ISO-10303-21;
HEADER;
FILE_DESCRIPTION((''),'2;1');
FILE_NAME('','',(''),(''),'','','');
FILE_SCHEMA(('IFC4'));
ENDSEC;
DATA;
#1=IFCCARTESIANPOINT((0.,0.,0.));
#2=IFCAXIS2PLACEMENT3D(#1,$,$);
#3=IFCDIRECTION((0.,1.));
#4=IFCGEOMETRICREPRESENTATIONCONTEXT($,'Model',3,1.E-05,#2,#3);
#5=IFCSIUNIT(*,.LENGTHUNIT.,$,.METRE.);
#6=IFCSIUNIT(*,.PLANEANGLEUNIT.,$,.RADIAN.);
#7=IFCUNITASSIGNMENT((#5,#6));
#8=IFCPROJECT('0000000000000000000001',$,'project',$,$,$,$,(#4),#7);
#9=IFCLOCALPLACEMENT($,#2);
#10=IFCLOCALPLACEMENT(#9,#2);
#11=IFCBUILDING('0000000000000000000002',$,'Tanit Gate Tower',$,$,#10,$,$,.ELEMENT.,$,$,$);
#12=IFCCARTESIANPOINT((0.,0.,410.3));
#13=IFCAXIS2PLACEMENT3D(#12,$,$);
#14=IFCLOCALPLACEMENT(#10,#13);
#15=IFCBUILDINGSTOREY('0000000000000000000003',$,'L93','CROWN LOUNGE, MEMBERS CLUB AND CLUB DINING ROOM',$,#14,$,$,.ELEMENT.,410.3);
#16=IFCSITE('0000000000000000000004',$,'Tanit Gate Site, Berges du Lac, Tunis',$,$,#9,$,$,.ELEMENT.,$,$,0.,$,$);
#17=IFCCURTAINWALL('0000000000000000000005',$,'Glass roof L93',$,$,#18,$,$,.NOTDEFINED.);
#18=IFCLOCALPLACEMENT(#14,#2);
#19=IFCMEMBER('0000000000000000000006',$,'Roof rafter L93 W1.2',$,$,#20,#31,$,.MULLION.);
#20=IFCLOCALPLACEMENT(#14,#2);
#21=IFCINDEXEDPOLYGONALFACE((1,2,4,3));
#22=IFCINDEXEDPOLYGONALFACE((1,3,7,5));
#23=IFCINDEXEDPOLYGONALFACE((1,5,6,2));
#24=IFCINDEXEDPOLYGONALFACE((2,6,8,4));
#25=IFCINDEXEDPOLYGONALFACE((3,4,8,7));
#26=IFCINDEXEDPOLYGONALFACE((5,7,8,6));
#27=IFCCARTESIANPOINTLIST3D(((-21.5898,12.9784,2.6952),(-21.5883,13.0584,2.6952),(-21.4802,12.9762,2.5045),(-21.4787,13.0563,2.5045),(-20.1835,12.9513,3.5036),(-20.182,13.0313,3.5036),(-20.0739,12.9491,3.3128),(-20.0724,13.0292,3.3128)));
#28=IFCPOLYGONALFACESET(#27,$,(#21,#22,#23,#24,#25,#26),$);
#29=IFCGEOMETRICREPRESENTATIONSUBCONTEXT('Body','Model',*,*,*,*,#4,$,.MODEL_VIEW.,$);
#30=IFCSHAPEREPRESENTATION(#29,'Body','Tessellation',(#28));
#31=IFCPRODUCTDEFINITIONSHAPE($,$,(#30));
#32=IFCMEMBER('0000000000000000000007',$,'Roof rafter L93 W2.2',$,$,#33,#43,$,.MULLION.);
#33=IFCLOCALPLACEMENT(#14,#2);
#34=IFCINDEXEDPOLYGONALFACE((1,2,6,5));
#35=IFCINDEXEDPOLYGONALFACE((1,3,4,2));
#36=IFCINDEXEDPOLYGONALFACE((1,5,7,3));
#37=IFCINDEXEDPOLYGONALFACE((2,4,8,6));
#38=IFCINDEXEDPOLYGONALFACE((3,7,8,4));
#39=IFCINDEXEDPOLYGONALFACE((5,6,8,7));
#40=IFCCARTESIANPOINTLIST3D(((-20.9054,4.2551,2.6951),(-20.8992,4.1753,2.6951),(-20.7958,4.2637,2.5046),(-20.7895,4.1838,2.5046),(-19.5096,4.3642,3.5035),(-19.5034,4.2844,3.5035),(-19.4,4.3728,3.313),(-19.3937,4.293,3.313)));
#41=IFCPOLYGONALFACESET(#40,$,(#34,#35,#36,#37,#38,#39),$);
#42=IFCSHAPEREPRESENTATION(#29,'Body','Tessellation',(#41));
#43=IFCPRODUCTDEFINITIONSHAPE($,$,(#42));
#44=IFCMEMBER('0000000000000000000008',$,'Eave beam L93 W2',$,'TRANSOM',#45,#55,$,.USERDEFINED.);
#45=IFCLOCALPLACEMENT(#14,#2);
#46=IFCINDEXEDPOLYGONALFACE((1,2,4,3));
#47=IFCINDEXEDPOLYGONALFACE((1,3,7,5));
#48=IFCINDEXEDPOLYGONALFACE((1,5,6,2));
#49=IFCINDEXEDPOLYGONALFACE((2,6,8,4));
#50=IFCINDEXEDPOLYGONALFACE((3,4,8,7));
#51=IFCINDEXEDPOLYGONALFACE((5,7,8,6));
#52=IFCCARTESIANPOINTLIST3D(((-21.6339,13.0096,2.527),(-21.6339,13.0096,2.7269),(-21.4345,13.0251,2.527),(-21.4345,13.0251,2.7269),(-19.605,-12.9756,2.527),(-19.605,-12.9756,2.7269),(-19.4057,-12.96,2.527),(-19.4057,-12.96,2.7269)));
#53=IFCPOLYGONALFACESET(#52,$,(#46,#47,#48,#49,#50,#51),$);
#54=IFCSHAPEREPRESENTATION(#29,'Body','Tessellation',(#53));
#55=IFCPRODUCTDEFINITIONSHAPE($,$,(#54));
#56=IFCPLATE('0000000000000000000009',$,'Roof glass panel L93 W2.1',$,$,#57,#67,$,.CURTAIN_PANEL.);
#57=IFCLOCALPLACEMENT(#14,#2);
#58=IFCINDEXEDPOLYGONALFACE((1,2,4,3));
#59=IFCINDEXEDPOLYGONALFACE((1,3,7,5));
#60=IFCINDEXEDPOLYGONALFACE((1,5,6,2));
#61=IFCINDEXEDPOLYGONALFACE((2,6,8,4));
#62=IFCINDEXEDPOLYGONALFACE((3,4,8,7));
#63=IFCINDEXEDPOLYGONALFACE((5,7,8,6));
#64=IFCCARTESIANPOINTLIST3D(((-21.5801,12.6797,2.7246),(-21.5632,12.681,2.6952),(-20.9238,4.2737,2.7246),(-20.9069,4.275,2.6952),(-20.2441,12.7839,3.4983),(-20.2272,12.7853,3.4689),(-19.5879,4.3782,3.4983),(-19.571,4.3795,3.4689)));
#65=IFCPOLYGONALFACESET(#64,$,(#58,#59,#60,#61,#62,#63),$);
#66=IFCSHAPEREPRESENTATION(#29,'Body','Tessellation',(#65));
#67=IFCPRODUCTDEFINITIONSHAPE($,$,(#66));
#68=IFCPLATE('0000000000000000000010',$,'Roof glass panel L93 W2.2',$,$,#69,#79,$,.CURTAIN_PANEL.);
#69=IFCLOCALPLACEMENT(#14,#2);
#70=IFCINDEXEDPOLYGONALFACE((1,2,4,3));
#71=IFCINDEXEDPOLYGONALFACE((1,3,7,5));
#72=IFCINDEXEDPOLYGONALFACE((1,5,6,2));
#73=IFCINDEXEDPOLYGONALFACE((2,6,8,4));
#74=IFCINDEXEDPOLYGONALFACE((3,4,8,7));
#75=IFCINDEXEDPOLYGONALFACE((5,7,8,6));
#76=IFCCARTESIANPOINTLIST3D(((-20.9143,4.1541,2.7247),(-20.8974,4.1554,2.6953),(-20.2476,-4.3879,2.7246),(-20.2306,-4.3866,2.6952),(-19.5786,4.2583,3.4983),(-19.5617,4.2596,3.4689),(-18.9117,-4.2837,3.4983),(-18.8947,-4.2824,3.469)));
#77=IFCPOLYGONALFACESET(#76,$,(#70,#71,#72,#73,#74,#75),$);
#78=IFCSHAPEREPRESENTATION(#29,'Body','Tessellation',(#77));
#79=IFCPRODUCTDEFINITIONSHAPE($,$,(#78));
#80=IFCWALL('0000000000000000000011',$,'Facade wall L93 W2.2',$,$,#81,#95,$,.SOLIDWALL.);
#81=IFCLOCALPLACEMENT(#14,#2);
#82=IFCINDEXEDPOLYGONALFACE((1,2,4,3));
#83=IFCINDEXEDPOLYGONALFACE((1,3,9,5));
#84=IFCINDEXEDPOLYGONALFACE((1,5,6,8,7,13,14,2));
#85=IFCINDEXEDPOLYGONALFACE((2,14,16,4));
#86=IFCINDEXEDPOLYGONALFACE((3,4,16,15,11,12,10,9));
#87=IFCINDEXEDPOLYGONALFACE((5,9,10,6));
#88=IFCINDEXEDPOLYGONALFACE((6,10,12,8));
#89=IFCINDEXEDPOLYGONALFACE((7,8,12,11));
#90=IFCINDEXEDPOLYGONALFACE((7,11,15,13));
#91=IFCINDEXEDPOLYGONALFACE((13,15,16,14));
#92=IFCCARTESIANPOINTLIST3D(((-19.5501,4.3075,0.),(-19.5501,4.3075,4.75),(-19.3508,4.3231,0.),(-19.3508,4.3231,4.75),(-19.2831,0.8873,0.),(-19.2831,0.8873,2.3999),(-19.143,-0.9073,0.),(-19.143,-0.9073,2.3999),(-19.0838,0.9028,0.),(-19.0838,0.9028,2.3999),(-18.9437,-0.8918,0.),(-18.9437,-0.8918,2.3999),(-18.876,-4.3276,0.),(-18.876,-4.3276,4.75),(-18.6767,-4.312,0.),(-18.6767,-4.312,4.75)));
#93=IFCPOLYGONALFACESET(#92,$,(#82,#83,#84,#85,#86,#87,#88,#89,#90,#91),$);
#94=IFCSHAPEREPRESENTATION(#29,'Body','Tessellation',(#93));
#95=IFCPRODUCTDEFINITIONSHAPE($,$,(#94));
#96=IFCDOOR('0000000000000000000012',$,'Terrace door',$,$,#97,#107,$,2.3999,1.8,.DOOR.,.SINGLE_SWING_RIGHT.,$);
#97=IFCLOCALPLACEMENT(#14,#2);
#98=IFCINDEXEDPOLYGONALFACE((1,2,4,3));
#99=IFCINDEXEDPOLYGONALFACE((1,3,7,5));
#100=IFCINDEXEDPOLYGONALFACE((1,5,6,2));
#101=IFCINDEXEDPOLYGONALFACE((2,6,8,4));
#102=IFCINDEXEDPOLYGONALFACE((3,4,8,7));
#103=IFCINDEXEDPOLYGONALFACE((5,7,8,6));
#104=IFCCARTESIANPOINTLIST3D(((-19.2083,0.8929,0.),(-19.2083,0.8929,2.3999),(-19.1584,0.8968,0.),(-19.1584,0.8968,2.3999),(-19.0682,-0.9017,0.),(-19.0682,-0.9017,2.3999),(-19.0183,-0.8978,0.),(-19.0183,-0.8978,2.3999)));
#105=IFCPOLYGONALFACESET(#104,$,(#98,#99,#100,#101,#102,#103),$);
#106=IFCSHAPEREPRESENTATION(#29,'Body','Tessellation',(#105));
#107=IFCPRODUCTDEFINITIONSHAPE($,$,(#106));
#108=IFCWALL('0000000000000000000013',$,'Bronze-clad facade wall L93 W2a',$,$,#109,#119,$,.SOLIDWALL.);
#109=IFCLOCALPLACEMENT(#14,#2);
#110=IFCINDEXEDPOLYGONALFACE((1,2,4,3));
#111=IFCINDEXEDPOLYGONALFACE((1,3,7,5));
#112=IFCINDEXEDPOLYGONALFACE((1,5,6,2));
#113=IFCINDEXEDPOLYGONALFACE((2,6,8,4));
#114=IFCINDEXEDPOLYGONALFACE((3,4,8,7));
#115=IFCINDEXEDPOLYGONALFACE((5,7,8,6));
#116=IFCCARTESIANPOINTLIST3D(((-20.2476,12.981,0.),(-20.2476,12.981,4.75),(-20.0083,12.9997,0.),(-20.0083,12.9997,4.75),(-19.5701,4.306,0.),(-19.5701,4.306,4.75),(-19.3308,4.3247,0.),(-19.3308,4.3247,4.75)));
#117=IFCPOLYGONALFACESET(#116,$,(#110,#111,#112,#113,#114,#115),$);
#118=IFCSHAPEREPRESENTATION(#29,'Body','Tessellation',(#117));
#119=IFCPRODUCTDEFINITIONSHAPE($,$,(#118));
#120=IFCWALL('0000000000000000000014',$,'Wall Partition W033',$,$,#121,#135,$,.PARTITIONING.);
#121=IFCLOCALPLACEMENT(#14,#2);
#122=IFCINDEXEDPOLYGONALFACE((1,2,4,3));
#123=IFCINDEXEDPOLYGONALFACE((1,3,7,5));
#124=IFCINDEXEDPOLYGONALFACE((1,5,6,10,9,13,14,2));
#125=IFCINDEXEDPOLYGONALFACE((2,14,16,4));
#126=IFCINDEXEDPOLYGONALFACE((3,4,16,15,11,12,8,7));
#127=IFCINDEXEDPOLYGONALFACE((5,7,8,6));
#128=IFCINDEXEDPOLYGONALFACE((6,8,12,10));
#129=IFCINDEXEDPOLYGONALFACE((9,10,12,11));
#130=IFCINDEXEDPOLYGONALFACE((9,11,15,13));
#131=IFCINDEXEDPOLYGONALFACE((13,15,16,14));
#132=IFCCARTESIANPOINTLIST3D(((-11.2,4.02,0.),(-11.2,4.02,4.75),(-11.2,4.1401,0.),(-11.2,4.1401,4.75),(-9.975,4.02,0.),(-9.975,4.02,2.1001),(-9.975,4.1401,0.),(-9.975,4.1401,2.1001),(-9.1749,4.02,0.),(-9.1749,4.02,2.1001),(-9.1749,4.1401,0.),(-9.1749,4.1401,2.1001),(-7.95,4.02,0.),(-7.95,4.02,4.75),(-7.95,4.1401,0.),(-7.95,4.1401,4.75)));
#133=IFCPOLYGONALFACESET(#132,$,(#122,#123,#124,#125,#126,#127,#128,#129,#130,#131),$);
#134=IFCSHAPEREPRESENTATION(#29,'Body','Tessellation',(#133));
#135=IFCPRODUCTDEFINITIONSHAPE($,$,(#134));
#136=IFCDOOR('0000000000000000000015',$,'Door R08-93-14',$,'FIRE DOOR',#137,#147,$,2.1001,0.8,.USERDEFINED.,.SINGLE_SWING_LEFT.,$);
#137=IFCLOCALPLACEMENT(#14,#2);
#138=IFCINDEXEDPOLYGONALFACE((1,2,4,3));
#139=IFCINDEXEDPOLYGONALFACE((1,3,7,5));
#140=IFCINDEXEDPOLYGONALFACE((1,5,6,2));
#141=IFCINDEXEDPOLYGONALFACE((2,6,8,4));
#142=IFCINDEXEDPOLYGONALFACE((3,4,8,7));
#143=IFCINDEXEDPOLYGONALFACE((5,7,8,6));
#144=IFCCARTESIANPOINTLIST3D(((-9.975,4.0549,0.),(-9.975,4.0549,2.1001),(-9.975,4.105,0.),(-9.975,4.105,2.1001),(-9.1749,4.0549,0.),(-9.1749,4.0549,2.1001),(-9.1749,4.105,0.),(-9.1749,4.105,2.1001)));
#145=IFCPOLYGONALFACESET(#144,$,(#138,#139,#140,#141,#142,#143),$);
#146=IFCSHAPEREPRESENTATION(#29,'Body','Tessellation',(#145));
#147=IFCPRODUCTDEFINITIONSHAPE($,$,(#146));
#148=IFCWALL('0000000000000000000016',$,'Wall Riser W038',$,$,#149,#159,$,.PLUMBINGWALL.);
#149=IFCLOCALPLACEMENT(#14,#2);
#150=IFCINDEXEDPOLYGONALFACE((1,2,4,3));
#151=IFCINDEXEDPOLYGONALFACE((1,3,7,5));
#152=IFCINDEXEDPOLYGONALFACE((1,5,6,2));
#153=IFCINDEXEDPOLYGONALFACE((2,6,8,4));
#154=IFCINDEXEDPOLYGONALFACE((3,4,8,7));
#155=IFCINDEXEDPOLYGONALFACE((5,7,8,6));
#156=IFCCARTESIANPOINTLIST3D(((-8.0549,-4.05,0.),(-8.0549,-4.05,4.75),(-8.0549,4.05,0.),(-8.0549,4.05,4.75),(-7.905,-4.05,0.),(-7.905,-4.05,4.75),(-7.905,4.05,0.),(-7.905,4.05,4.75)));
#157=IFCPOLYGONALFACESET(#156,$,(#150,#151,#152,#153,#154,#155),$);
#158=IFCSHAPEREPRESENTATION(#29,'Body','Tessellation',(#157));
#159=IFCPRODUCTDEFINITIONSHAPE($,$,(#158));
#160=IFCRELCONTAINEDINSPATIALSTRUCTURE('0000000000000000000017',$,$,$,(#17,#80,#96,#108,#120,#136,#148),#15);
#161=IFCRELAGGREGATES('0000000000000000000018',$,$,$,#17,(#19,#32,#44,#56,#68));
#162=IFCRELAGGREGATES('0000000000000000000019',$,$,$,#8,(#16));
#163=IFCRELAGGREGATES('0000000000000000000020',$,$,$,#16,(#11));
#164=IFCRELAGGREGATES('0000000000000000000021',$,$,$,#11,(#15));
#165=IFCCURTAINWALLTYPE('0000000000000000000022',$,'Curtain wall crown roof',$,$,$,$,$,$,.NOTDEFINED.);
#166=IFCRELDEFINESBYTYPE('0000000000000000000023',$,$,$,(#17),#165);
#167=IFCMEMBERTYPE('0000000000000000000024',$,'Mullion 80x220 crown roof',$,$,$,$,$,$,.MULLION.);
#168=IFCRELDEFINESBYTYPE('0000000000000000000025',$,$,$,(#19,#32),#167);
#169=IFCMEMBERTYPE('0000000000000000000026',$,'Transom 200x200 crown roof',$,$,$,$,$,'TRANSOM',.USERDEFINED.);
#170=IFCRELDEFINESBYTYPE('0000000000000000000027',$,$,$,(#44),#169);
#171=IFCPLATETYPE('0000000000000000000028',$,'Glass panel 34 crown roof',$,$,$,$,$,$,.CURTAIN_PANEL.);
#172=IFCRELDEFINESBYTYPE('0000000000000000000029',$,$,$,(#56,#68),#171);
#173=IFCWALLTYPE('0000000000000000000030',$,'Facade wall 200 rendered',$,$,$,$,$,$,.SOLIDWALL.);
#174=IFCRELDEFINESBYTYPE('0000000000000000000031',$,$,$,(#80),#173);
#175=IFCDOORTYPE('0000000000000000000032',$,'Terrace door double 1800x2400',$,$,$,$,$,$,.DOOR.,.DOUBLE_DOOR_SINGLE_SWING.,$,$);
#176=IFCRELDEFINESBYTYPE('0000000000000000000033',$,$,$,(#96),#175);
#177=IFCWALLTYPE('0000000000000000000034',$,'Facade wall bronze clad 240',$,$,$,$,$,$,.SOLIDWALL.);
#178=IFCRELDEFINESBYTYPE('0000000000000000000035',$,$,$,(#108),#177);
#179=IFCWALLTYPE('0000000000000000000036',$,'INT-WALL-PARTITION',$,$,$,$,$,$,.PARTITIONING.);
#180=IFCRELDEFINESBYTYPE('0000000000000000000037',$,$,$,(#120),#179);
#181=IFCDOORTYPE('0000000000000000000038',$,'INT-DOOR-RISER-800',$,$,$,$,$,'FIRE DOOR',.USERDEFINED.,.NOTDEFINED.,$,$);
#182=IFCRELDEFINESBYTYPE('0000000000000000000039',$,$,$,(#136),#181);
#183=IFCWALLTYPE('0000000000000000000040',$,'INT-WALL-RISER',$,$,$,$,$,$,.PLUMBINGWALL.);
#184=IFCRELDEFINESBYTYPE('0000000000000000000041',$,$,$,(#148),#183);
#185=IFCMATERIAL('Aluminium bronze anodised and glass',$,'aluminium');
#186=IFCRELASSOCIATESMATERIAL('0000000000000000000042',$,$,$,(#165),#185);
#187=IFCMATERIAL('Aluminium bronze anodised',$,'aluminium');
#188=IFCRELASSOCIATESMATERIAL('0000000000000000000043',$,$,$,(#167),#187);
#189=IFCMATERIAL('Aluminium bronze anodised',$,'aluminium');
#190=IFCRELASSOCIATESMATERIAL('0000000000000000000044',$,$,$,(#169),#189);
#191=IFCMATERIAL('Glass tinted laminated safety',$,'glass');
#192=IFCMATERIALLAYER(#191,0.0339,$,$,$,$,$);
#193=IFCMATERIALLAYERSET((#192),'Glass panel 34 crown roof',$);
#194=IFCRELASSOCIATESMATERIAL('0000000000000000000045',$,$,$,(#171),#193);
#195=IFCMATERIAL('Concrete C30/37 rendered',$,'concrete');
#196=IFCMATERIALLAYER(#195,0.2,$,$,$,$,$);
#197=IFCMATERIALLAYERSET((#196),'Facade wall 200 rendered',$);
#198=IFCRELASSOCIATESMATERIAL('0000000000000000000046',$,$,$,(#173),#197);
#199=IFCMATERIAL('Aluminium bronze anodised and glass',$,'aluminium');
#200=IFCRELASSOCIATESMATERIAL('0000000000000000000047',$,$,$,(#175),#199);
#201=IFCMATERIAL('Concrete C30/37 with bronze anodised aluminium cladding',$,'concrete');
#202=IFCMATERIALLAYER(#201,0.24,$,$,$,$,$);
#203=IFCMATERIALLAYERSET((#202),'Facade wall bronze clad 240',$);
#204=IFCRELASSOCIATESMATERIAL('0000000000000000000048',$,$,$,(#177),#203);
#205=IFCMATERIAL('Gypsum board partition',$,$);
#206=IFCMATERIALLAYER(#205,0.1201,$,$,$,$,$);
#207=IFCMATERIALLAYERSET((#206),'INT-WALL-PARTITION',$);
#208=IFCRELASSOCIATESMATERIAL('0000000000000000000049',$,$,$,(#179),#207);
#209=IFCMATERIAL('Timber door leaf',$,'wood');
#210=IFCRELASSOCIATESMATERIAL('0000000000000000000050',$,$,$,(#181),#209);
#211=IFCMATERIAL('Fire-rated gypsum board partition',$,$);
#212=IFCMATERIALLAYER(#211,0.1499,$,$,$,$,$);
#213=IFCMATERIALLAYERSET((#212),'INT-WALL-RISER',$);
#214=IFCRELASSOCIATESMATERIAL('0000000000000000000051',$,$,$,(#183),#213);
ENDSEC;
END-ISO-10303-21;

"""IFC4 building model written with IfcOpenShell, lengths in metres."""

from ifc_helpers import new_model, si_unit, direction, frame, frame_2d, origin, origin_2d, place, context, subcontext, project, spatial, polyline, rectangle, outline, extrude, material, layer, layer_set, material_profile, profile_set, type_object, element, fill, aggregate, save


model = new_model("IFC4")

# Units and contexts
model_context = context("Model", 3, precision=1e-05, world=origin(), true_north=direction((0.0, 1.0)))
body_context = subcontext(model_context, "Body", "Model", "MODEL_VIEW")
ifc_project = project(units=[si_unit("LENGTHUNIT", "METRE"), si_unit("PLANEANGLEUNIT", "RADIAN")], contexts=[model_context])

# Site, building, storey
site_placement = place(None, origin())
site = spatial("IfcSite", under=ifc_project, at=site_placement, Name="Tanit Gate Site, Berges du Lac, Tunis", CompositionType="ELEMENT", RefElevation=0.0)
building_placement = place(site_placement, origin())
building = spatial("IfcBuilding", under=site, at=building_placement, Name="Tanit Gate Tower", CompositionType="ELEMENT")
storey_placement = place(building_placement, frame((0.0, 0.0, 410.3)))
storey = spatial("IfcBuildingStorey", under=building, at=storey_placement, Name="L93", Description="CROWN LOUNGE, MEMBERS CLUB AND CLUB DINING ROOM", CompositionType="ELEMENT", Elevation=410.3)

# Curtain wall, members, plates
ifc_material_1 = material(Name="Aluminium bronze anodised and glass", Category="aluminium")
curtain_wall_type = type_object("IfcCurtainWallType", Name="Curtain wall crown roof", PredefinedType="NOTDEFINED", material=ifc_material_1)
curtain_wall_placement = place(storey_placement, origin())
curtain_wall = element("IfcCurtainWall", 1, at=curtain_wall_placement, inside=storey, type_object=curtain_wall_type, Name="Glass roof L93", PredefinedType="NOTDEFINED")
ifc_material_2 = material(Name="Aluminium bronze anodised", Category="aluminium")
ifc_material_profile_1 = material_profile(ifc_material_2, rectangle(XDim=0.0801, YDim=0.22, at=origin_2d()), Name="80x220 bronze rafter")
ifc_profile_set_1 = profile_set([ifc_material_profile_1], Name="Aluminium bronze anodised")
member_type_1 = type_object("IfcMemberType", Name="Mullion 80x220 crown roof", PredefinedType="MULLION", material=ifc_profile_set_1)
member_1_placement = place(storey_placement, frame((-20.1279, 12.9902, 3.4082), z_axis=(-0.86685, 0.016705, -0.498288), x_axis=(-0.019267, -0.999814, 0.0)))
member_1 = element("IfcMember", 2, at=member_1_placement, type_object=member_type_1, Name="Roof rafter L93 W1.2", PredefinedType="MULLION", context=body_context, shape_type="SweptSolid", body=[
    extrude(rectangle(XDim=0.0801, YDim=0.22, at=origin_2d()), origin(), (0.0, 0.0, 1.0), 1.6223),
])
member_2_placement = place(storey_placement, frame((-19.4517, 4.3286, 3.4082), z_axis=(-0.863376, -0.067506, -0.500024), x_axis=(0.07795, -0.996957, 0.0)))
member_2 = element("IfcMember", 3, at=member_2_placement, type_object=member_type_1, Name="Roof rafter L93 W2.2", PredefinedType="MULLION", context=body_context, shape_type="SweptSolid", body=[
    extrude(rectangle(XDim=0.0801, YDim=0.22, at=origin_2d()), origin(), (0.0, 0.0, 1.0), 1.6167),
])
ifc_material_3 = material(Name="Aluminium bronze anodised", Category="aluminium")
ifc_material_profile_2 = material_profile(ifc_material_3, rectangle(XDim=0.2, YDim=0.2, at=origin_2d()), Name="200x200 bronze transom")
ifc_profile_set_2 = profile_set([ifc_material_profile_2], Name="Aluminium bronze anodised")
member_type_2 = type_object("IfcMemberType", Name="Transom 200x200 crown roof", ElementType="TRANSOM", PredefinedType="USERDEFINED", material=ifc_profile_set_2)
member_3_placement = place(storey_placement, frame((-21.5342, 13.0173, 2.627), z_axis=(0.077839, -0.996966, 0.0), x_axis=(0.996966, 0.077839, 0.0)))
member_3 = element("IfcMember", 4, at=member_3_placement, type_object=member_type_2, Name="Eave beam L93 W2", ObjectType="TRANSOM", PredefinedType="USERDEFINED", context=body_context, shape_type="SweptSolid", body=[
    extrude(rectangle(XDim=0.2, YDim=0.2, at=origin_2d()), origin(), (0.0, 0.0, 1.0), 26.0642),
])
ifc_material_4 = material(Name="Glass tinted laminated safety", Category="glass")
ifc_layer_1 = layer(ifc_material_4, 0.0339)
ifc_layer_set_1 = layer_set([ifc_layer_1], Name="Glass panel 34 crown roof")
plate_type = type_object("IfcPlateType", Name="Glass panel 34 crown roof", PredefinedType="CURTAIN_PANEL", material=ifc_layer_set_1)
plate_1_placement = place(storey_placement, frame((-20.2441, 12.7839, 3.4983), z_axis=(-0.498496, -0.038918, 0.866018), x_axis=(0.077834, -0.996966, 0.0)))
plate_1 = element("IfcPlate", 5, at=plate_1_placement, type_object=plate_type, Name="Roof glass panel L93 W2.1", PredefinedType="CURTAIN_PANEL", context=body_context, shape_type="SweptSolid", body=[
    extrude(outline(polyline([(0.0, 0.0), (8.4313, 0.0), (8.4315, -1.5473), (-0.0001, -1.5473), (0.0, 0.0)])), origin(), (0.0, 0.0, -1.0), 0.0339),
])
plate_2_placement = place(storey_placement, frame((-19.5786, 4.2583, 3.4983), z_axis=(-0.498533, -0.03892, 0.865997), x_axis=(0.077843, -0.996966, 0.000006)))
plate_2 = element("IfcPlate", 6, at=plate_2_placement, type_object=plate_type, Name="Roof glass panel L93 W2.2", PredefinedType="CURTAIN_PANEL", context=body_context, shape_type="SweptSolid", body=[
    extrude(outline(polyline([(0.0, 0.0), (8.568, 0.0), (8.5679, -1.5473), (0.0, -1.5471), (0.0, 0.0)])), origin(), (0.0, 0.0, -1.0), 0.0339),
])
aggregate(curtain_wall, [member_1, member_2, member_3, plate_1, plate_2])

# Wall, opening, door
ifc_material_5 = material(Name="Concrete C30/37 rendered", Category="concrete")
ifc_layer_2 = layer(ifc_material_5, 0.2)
ifc_layer_set_2 = layer_set([ifc_layer_2], Name="Facade wall 200 rendered")
wall_type_1 = type_object("IfcWallType", Name="Facade wall 200 rendered", PredefinedType="SOLIDWALL", material=ifc_layer_set_2)
wall_1_placement = place(storey_placement, frame((-19.4504, 4.3152, 0.0), z_axis=(0.0, 0.0, 1.0), x_axis=(0.077826, -0.996967, 0.0)))
wall_1 = element("IfcWall", 7, at=wall_1_placement, inside=storey, type_object=wall_type_1, Name="Facade wall L93 W2.2", PredefinedType="SOLIDWALL", context=body_context, shape_type="SweptSolid", body=[
    extrude(rectangle(XDim=8.6614, YDim=0.2, at=frame_2d((4.3306, 0.0))), origin(), (0.0, 0.0, 1.0), 4.75),
])
opening_1_placement = place(wall_1_placement, frame((3.4307, 0.0, 0.0)))
opening_1 = element("IfcOpeningElement", 8, at=opening_1_placement, cuts=wall_1, PredefinedType="OPENING", context=body_context, shape_type="SweptSolid", body=[
    extrude(rectangle(XDim=1.8, YDim=2.3999, at=frame_2d((0.8999, 1.2))), frame((0.0, 0.1099, 0.0), z_axis=(0.0, -1.0, 0.0), x_axis=(1.0, 0.0, 0.0)), (0.0, 0.0, 1.0), 0.22),
])
ifc_material_6 = material(Name="Aluminium bronze anodised and glass", Category="aluminium")
door_type_1 = type_object("IfcDoorType", Name="Terrace door double 1800x2400", OperationType="DOUBLE_DOOR_SINGLE_SWING", PredefinedType="DOOR", material=ifc_material_6)
door_1_placement = place(opening_1_placement, frame((1.8, 0.0, 0.0), z_axis=(0.0, 0.0, 1.0), x_axis=(-1.0, 0.0, 0.0)))
door_1 = element("IfcDoor", 9, at=door_1_placement, inside=storey, type_object=door_type_1, Name="Terrace door", OperationType="SINGLE_SWING_RIGHT", OverallHeight=2.3999, OverallWidth=1.8, PredefinedType="DOOR", context=body_context, shape_type="SweptSolid", body=[
    extrude(rectangle(XDim=1.8, YDim=2.3999, at=frame_2d((0.8999, 1.2))), frame((0.0, 0.0249, 0.0), z_axis=(0.0, -1.0, 0.0), x_axis=(1.0, 0.0, 0.0)), (0.0, 0.0, 1.0), 0.05),
])
fill(opening_1, door_1)

# Wall
ifc_material_7 = material(Name="Concrete C30/37 with bronze anodised aluminium cladding", Category="concrete")
ifc_layer_3 = layer(ifc_material_7, 0.24)
ifc_layer_set_3 = layer_set([ifc_layer_3], Name="Facade wall bronze clad 240")
wall_type_2 = type_object("IfcWallType", Name="Facade wall bronze clad 240", PredefinedType="SOLIDWALL", material=ifc_layer_set_3)
wall_2_placement = place(storey_placement, frame((-20.1279, 12.9902, 0.0), z_axis=(0.0, 0.0, 1.0), x_axis=(0.077859, -0.996964, 0.0)))
element("IfcWall", 10, at=wall_2_placement, inside=storey, type_object=wall_type_2, Name="Bronze-clad facade wall L93 W2a", PredefinedType="SOLIDWALL", context=body_context, shape_type="SweptSolid", body=[
    extrude(rectangle(XDim=8.7014, YDim=0.24, at=frame_2d((4.3506, 0.0))), origin(), (0.0, 0.0, 1.0), 4.75),
])

# Wall, opening, door
ifc_material_8 = material(Name="Gypsum board partition")
ifc_layer_4 = layer(ifc_material_8, 0.1201)
ifc_layer_set_4 = layer_set([ifc_layer_4], Name="INT-WALL-PARTITION")
wall_type_3 = type_object("IfcWallType", Name="INT-WALL-PARTITION", PredefinedType="PARTITIONING", material=ifc_layer_set_4)
wall_3_placement = place(storey_placement, frame((-11.2, 4.0801, 0.0), z_axis=(0.0, 0.0, 1.0), x_axis=(1.0, 0.0, 0.0)))
wall_3 = element("IfcWall", 11, at=wall_3_placement, inside=storey, type_object=wall_type_3, Name="Wall Partition W033", PredefinedType="PARTITIONING", context=body_context, shape_type="SweptSolid", body=[
    extrude(rectangle(XDim=3.25, YDim=0.1201, at=frame_2d((1.625, 0.0))), origin(), (0.0, 0.0, 1.0), 4.75),
])
opening_2_placement = place(wall_3_placement, frame((1.2251, 0.0, 0.0)))
opening_2 = element("IfcOpeningElement", 12, at=opening_2_placement, cuts=wall_3, PredefinedType="OPENING", context=body_context, shape_type="SweptSolid", body=[
    extrude(rectangle(XDim=0.8, YDim=2.1001, at=frame_2d((0.3999, 1.05))), frame((0.0, 0.0701, 0.0), z_axis=(0.0, -1.0, 0.0), x_axis=(1.0, 0.0, 0.0)), (0.0, 0.0, 1.0), 0.1401),
])
ifc_material_9 = material(Name="Timber door leaf", Category="wood")
door_type_2 = type_object("IfcDoorType", Name="INT-DOOR-RISER-800", ElementType="FIRE DOOR", OperationType="NOTDEFINED", PredefinedType="USERDEFINED", material=ifc_material_9)
door_2_placement = place(opening_2_placement, origin())
door_2 = element("IfcDoor", 13, at=door_2_placement, inside=storey, type_object=door_type_2, Name="Door R08-93-14", ObjectType="FIRE DOOR", OperationType="SINGLE_SWING_LEFT", OverallHeight=2.1001, OverallWidth=0.8, PredefinedType="USERDEFINED", context=body_context, shape_type="SweptSolid", body=[
    extrude(rectangle(XDim=0.8, YDim=2.1001, at=frame_2d((0.3999, 1.05))), frame((0.0, 0.0249, 0.0), z_axis=(0.0, -1.0, 0.0), x_axis=(1.0, 0.0, 0.0)), (0.0, 0.0, 1.0), 0.05),
])
fill(opening_2, door_2)

# Wall
ifc_material_10 = material(Name="Fire-rated gypsum board partition")
ifc_layer_5 = layer(ifc_material_10, 0.1499)
ifc_layer_set_5 = layer_set([ifc_layer_5], Name="INT-WALL-RISER")
wall_type_4 = type_object("IfcWallType", Name="INT-WALL-RISER", PredefinedType="PLUMBINGWALL", material=ifc_layer_set_5)
wall_4_placement = place(storey_placement, frame((-7.98, 4.05, 0.0), z_axis=(0.0, 0.0, 1.0), x_axis=(0.0, -1.0, 0.0)))
element("IfcWall", 14, at=wall_4_placement, inside=storey, type_object=wall_type_4, Name="Wall Riser W038", PredefinedType="PLUMBINGWALL", context=body_context, shape_type="SweptSolid", body=[
    extrude(rectangle(XDim=8.1001, YDim=0.1499, at=frame_2d((4.05, 0.0))), origin(), (0.0, 0.0, 1.0), 4.75),
])

save(model, "model.ifc")
